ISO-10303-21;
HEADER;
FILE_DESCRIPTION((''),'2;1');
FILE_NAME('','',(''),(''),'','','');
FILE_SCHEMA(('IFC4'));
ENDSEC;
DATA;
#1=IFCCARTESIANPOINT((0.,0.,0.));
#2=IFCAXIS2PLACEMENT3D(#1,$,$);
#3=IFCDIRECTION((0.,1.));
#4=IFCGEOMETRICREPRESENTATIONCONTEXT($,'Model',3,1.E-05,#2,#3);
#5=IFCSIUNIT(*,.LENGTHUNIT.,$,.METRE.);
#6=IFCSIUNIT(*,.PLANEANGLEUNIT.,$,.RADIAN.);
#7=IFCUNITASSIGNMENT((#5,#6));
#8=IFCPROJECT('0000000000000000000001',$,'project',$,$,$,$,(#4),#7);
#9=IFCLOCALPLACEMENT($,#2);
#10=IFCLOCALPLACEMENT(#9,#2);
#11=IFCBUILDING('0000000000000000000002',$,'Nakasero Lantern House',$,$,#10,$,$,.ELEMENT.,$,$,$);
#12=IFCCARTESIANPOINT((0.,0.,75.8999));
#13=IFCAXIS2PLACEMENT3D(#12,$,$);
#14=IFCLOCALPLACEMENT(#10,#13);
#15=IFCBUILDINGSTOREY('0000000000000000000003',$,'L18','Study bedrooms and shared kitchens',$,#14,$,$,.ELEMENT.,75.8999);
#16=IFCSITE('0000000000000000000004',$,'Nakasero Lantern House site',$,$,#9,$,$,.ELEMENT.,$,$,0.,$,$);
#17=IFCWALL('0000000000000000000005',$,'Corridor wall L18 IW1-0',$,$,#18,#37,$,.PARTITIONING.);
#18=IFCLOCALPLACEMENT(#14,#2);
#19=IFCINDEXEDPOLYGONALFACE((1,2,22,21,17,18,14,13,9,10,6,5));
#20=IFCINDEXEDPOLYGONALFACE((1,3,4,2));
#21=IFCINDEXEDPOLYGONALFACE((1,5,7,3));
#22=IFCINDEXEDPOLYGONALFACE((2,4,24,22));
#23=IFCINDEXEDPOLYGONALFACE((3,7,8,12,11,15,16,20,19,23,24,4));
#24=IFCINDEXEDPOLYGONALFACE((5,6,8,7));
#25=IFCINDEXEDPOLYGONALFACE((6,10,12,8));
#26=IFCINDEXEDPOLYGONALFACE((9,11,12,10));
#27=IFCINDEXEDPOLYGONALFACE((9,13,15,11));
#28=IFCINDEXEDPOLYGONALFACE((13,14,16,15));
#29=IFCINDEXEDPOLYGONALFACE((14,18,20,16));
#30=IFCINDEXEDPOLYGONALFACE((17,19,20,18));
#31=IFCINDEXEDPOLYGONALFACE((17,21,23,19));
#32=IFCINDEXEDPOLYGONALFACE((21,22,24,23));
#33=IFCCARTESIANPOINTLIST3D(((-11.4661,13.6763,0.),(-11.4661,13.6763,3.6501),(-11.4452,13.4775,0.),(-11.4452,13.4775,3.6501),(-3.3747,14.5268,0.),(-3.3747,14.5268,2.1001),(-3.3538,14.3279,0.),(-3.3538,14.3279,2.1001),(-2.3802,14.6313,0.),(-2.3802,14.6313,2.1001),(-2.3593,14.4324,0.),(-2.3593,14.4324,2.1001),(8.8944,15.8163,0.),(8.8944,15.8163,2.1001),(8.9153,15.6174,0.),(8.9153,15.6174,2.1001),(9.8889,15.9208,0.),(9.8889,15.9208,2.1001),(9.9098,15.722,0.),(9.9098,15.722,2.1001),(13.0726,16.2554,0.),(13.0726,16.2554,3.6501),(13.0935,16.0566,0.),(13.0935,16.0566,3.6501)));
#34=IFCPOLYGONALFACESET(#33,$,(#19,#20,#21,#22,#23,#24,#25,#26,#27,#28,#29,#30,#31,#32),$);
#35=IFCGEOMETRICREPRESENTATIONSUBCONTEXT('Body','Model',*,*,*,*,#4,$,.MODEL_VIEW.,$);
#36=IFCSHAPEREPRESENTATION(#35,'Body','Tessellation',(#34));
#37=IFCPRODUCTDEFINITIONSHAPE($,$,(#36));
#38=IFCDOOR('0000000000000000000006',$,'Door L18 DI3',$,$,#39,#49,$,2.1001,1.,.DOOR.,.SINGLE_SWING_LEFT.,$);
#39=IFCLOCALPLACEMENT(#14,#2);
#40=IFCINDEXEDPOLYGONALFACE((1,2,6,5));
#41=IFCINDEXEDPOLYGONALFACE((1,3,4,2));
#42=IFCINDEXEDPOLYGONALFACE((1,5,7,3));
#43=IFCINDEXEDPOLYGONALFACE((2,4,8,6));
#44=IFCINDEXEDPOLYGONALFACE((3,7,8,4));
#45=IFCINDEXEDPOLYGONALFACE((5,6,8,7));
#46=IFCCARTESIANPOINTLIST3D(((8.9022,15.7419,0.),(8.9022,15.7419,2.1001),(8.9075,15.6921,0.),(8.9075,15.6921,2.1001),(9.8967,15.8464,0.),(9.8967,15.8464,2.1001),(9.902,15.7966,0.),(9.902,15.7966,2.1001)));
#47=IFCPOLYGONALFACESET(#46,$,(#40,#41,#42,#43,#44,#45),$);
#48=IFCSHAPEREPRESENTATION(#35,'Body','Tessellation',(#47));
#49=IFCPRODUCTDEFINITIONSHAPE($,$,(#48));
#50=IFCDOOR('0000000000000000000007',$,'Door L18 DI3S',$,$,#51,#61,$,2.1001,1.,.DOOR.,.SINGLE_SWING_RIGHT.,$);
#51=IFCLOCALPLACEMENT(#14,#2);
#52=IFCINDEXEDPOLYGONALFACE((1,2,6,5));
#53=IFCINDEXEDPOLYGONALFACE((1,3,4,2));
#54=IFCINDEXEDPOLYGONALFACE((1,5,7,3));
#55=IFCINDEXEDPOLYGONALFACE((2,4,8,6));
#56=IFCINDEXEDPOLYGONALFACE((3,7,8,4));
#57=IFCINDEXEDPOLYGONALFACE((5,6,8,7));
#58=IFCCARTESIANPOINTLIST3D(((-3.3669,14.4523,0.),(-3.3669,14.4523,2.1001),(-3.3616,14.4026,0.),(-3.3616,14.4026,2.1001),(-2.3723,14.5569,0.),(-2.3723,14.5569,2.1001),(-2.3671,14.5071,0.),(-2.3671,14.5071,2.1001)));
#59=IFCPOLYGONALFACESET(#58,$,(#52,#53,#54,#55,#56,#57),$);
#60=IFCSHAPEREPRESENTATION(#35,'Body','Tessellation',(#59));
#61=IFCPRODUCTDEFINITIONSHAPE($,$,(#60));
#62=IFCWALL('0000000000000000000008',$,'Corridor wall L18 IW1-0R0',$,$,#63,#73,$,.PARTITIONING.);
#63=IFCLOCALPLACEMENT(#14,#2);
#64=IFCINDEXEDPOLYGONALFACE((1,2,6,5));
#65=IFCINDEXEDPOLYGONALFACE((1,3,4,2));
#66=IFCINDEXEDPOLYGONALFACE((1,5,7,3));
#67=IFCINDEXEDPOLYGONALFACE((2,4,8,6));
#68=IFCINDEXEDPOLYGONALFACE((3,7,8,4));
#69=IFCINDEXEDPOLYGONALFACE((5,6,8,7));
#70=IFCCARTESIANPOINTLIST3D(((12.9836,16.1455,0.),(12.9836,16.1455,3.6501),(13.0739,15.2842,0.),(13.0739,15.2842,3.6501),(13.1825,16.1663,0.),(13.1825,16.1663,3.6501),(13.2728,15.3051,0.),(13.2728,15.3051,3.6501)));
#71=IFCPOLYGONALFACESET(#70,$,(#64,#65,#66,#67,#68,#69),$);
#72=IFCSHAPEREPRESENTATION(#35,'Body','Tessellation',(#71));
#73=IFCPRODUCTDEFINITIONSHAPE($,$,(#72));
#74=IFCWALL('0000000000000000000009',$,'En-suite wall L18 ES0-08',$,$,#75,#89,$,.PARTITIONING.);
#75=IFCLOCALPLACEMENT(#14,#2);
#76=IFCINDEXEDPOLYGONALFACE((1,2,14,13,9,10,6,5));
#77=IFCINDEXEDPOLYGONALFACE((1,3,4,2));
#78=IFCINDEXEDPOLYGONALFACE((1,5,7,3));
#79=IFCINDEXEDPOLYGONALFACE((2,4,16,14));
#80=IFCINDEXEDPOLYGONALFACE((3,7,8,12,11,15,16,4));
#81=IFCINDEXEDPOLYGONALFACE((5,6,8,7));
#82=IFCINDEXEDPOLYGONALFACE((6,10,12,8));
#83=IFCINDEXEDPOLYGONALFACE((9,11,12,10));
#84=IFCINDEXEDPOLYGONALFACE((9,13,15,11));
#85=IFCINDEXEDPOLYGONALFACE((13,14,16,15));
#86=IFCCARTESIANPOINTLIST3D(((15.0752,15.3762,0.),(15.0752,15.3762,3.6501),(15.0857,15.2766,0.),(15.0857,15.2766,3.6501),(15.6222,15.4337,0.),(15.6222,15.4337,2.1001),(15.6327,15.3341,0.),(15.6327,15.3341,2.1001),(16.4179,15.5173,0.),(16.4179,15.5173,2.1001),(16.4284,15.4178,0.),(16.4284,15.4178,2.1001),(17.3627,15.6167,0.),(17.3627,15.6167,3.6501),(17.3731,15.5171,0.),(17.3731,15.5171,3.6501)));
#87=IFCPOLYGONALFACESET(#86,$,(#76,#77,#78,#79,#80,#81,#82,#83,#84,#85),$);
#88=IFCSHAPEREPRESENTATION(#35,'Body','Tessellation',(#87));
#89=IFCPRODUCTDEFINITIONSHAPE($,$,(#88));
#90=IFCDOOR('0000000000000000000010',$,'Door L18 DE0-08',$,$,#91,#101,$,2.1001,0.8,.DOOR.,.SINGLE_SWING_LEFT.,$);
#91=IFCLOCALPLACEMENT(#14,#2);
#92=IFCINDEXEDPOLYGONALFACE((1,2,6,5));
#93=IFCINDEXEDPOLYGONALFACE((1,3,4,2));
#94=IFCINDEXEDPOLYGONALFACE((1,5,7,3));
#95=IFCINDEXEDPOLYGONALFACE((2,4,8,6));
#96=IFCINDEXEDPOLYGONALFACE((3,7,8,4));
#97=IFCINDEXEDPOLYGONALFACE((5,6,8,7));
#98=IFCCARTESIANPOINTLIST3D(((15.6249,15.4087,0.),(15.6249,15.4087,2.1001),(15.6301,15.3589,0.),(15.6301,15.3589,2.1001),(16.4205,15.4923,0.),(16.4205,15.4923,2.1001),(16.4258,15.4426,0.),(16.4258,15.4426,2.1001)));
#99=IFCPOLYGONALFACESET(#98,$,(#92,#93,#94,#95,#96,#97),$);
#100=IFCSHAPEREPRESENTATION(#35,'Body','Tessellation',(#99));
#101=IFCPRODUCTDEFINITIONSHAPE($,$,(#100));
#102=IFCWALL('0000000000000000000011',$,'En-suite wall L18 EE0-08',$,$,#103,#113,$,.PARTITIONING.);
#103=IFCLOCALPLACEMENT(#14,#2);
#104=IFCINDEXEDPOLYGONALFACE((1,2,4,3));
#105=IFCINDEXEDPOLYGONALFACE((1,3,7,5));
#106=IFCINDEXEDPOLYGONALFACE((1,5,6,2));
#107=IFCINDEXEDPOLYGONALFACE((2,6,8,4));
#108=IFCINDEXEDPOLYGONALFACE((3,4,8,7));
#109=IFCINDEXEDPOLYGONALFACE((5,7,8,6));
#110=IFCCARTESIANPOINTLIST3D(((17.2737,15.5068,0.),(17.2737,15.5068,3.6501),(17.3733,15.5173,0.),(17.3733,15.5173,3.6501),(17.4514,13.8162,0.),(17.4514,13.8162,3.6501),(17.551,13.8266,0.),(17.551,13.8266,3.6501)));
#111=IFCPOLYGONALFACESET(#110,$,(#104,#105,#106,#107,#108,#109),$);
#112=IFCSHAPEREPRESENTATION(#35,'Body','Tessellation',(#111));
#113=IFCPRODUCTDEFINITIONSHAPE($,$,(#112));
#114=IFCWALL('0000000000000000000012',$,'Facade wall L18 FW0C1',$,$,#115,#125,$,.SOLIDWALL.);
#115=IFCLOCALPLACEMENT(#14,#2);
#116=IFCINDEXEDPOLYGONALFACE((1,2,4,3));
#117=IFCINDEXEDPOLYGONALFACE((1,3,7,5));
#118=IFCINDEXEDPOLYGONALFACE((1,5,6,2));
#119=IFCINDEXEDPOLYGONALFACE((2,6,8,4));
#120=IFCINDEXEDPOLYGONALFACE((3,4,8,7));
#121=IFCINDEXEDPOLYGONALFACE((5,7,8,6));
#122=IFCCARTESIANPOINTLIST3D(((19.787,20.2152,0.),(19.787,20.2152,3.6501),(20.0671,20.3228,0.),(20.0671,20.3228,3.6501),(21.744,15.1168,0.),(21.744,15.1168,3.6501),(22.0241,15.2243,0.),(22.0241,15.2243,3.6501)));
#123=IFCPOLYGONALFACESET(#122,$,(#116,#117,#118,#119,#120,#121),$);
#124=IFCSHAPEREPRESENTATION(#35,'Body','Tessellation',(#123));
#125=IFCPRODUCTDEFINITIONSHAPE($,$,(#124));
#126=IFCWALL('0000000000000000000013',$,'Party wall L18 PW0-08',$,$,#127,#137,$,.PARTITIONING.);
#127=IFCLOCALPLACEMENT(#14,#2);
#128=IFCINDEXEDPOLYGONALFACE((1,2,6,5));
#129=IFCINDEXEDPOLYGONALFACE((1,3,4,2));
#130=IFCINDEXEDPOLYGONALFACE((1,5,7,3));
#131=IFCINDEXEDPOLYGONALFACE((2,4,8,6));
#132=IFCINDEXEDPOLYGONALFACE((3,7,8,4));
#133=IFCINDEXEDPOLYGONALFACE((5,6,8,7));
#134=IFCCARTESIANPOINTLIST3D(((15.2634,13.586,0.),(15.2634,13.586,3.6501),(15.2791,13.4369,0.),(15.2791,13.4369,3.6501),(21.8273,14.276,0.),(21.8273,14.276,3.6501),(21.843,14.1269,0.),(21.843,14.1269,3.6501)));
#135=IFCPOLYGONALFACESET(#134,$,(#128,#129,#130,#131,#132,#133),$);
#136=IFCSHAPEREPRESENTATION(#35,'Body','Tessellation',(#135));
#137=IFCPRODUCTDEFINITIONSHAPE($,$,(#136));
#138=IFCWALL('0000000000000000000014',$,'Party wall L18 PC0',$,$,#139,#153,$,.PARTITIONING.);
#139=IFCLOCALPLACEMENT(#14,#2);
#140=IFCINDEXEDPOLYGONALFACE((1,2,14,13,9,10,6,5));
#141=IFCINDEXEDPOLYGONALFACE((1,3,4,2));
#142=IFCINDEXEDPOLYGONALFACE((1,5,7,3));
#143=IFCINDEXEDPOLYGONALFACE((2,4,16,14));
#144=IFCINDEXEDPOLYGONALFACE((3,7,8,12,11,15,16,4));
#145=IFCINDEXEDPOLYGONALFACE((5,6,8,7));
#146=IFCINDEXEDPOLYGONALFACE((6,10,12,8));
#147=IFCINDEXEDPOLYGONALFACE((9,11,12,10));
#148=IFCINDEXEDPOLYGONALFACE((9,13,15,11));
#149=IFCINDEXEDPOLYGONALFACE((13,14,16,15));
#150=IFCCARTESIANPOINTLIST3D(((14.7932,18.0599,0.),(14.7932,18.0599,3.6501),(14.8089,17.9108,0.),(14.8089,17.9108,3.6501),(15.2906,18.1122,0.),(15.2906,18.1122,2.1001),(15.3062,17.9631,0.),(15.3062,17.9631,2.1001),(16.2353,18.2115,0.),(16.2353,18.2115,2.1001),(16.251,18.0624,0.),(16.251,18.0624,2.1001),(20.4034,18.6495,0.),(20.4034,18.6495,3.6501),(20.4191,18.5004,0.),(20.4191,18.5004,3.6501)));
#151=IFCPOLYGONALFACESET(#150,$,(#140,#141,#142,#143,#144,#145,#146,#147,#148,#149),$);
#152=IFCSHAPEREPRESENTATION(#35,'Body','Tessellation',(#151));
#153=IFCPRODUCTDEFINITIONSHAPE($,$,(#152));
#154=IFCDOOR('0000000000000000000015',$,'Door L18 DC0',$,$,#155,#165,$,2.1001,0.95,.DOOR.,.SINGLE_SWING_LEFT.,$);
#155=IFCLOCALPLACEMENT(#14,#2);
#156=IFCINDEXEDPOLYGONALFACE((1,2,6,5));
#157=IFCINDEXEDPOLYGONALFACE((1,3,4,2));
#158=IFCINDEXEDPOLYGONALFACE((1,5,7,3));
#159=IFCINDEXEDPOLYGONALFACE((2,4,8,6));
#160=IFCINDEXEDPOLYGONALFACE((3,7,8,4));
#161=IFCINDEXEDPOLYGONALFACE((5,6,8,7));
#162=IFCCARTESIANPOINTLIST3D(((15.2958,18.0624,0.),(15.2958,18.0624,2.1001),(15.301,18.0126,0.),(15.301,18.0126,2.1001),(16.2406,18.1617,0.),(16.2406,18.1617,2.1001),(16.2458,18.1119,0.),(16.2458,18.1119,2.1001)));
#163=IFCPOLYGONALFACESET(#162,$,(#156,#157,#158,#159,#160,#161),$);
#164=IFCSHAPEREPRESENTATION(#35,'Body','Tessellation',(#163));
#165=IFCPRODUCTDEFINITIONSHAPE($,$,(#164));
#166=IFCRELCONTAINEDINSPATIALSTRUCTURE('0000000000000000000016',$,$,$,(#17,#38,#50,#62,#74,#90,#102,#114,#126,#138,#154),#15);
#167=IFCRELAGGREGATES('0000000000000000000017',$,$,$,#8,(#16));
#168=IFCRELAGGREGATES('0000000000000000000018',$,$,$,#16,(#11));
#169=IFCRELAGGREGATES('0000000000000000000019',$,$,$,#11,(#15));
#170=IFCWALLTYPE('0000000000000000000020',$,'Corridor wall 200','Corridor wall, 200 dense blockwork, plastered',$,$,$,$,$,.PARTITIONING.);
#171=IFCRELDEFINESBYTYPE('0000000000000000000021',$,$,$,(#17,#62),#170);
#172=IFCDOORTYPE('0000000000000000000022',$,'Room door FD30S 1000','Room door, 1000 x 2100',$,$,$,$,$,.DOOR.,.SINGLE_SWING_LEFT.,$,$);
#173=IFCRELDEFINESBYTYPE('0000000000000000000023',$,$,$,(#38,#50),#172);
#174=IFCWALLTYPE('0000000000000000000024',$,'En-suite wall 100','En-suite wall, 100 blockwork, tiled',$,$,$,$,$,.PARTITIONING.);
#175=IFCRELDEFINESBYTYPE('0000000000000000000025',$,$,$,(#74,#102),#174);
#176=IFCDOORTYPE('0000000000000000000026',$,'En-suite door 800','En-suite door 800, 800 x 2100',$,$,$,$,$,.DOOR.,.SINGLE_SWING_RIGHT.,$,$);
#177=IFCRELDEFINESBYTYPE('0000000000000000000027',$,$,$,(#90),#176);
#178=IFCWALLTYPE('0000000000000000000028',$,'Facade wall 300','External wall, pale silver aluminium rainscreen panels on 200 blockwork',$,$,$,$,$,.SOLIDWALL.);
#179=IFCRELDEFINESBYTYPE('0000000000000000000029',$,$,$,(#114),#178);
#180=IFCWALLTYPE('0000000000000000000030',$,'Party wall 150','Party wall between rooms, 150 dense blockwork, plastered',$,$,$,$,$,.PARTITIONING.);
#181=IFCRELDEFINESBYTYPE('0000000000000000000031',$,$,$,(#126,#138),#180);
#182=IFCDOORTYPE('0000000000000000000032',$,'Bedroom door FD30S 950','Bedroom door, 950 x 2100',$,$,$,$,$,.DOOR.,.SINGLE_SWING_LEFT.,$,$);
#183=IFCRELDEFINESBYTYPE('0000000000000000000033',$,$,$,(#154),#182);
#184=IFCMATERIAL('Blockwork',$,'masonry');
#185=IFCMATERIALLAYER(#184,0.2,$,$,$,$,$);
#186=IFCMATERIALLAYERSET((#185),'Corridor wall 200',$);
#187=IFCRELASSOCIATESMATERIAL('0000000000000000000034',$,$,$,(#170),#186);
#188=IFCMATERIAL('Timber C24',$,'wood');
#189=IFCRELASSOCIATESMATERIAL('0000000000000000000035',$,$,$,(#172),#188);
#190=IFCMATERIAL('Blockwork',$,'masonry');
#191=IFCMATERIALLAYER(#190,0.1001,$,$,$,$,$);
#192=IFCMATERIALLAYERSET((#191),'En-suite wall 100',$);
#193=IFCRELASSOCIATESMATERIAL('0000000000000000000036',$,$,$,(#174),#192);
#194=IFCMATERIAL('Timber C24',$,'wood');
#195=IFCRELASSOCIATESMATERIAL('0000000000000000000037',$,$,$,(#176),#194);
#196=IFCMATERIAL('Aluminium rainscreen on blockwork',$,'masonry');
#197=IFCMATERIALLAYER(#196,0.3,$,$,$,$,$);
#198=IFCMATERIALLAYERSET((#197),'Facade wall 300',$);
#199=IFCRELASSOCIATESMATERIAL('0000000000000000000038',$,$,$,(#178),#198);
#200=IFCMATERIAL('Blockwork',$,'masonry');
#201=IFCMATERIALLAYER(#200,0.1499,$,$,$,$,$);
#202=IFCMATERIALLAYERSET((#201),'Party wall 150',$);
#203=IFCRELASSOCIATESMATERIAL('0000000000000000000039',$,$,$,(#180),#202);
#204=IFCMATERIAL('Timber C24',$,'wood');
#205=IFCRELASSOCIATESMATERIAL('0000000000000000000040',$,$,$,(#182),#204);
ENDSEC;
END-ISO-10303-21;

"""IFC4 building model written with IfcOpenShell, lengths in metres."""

from ifc_helpers import new_model, si_unit, direction, frame, frame_2d, origin, place, context, subcontext, project, spatial, rectangle, extrude, material, layer, layer_set, type_object, element, fill, save


model = new_model("IFC4")

# Units and contexts
model_context = context("Model", 3, precision=1e-05, world=origin(), true_north=direction((0.0, 1.0)))
body_context = subcontext(model_context, "Body", "Model", "MODEL_VIEW")
ifc_project = project(units=[si_unit("LENGTHUNIT", "METRE"), si_unit("PLANEANGLEUNIT", "RADIAN")], contexts=[model_context])

# Site, building, storey
site_placement = place(None, origin())
site = spatial("IfcSite", under=ifc_project, at=site_placement, Name="Nakasero Lantern House site", CompositionType="ELEMENT", RefElevation=0.0)
building_placement = place(site_placement, origin())
building = spatial("IfcBuilding", under=site, at=building_placement, Name="Nakasero Lantern House", CompositionType="ELEMENT")
storey_placement = place(building_placement, frame((0.0, 0.0, 75.8999)))
storey = spatial("IfcBuildingStorey", under=building, at=storey_placement, Name="L18", Description="Study bedrooms and shared kitchens", CompositionType="ELEMENT", Elevation=75.8999)

# Wall, openings, doors
ifc_material_1 = material(Name="Blockwork", Category="masonry")
ifc_layer_1 = layer(ifc_material_1, 0.2)
ifc_layer_set_1 = layer_set([ifc_layer_1], Name="Corridor wall 200")
wall_type_1 = type_object("IfcWallType", Name="Corridor wall 200", Description="Corridor wall, 200 dense blockwork, plastered", PredefinedType="PARTITIONING", material=ifc_layer_set_1)
wall_1_placement = place(storey_placement, frame((13.083, 16.156, 0.0), z_axis=(0.0, 0.0, 1.0), x_axis=(-0.994522, -0.104528, 0.0)))
wall_1 = element("IfcWall", 1, at=wall_1_placement, inside=storey, type_object=wall_type_1, Name="Corridor wall L18 IW1-0", PredefinedType="PARTITIONING", context=body_context, shape_type="SweptSolid", body=[
    extrude(rectangle(XDim=24.6738, YDim=0.2, at=frame_2d((12.3369, 0.0))), origin(), (0.0, 0.0, 1.0), 3.6501),
])
opening_1_placement = place(wall_1_placement, frame((3.2012, 0.0, 0.0)))
opening_1 = element("IfcOpeningElement", 2, at=opening_1_placement, cuts=wall_1, PredefinedType="OPENING", context=body_context, shape_type="SweptSolid", body=[
    extrude(rectangle(XDim=1.0, YDim=2.1001, at=frame_2d((0.5, 1.05))), frame((0.0, 0.1199, 0.0), z_axis=(0.0, -1.0, 0.0), x_axis=(1.0, 0.0, 0.0)), (0.0, 0.0, 1.0), 0.24),
])
opening_2_placement = place(wall_1_placement, frame((15.5378, 0.0, 0.0)))
opening_2 = element("IfcOpeningElement", 3, at=opening_2_placement, cuts=wall_1, PredefinedType="OPENING", context=body_context, shape_type="SweptSolid", body=[
    extrude(rectangle(XDim=1.0, YDim=2.1001, at=frame_2d((0.5, 1.05))), frame((0.0, 0.1199, 0.0), z_axis=(0.0, -1.0, 0.0), x_axis=(1.0, 0.0, 0.0)), (0.0, 0.0, 1.0), 0.24),
])
ifc_material_2 = material(Name="Timber C24", Category="wood")
door_type_1 = type_object("IfcDoorType", Name="Room door FD30S 1000", Description="Room door, 1000 x 2100", OperationType="SINGLE_SWING_LEFT", PredefinedType="DOOR", material=ifc_material_2)
door_1_placement = place(opening_1_placement, origin())
door_1 = element("IfcDoor", 4, at=door_1_placement, inside=storey, type_object=door_type_1, Name="Door L18 DI3", OperationType="SINGLE_SWING_LEFT", OverallHeight=2.1001, OverallWidth=1.0, PredefinedType="DOOR", context=body_context, shape_type="SweptSolid", body=[
    extrude(rectangle(XDim=1.0, YDim=2.1001, at=frame_2d((0.5, 1.05))), frame((0.0, 0.0249, 0.0), z_axis=(0.0, -1.0, 0.0), x_axis=(1.0, 0.0, 0.0)), (0.0, 0.0, 1.0), 0.05),
])
fill(opening_1, door_1)
door_2_placement = place(opening_2_placement, origin())
door_2 = element("IfcDoor", 5, at=door_2_placement, inside=storey, type_object=door_type_1, Name="Door L18 DI3S", OperationType="SINGLE_SWING_RIGHT", OverallHeight=2.1001, OverallWidth=1.0, PredefinedType="DOOR", context=body_context, shape_type="SweptSolid", body=[
    extrude(rectangle(XDim=1.0, YDim=2.1001, at=frame_2d((0.5, 1.05))), frame((0.0, 0.0249, 0.0), z_axis=(0.0, -1.0, 0.0), x_axis=(1.0, 0.0, 0.0)), (0.0, 0.0, 1.0), 0.05),
])
fill(opening_2, door_2)

# Wall
wall_2_placement = place(storey_placement, frame((13.083, 16.156, 0.0), z_axis=(0.0, 0.0, 1.0), x_axis=(0.104303, -0.994546, 0.0)))
element("IfcWall", 6, at=wall_2_placement, inside=storey, type_object=wall_type_1, Name="Corridor wall L18 IW1-0R0", PredefinedType="PARTITIONING", context=body_context, shape_type="SweptSolid", body=[
    extrude(rectangle(XDim=0.866, YDim=0.2, at=frame_2d((0.4331, 0.0))), origin(), (0.0, 0.0, 1.0), 3.6501),
])

# Wall, opening, door
ifc_material_3 = material(Name="Blockwork", Category="masonry")
ifc_layer_2 = layer(ifc_material_3, 0.1001)
ifc_layer_set_2 = layer_set([ifc_layer_2], Name="En-suite wall 100")
wall_type_2 = type_object("IfcWallType", Name="En-suite wall 100", Description="En-suite wall, 100 blockwork, tiled", PredefinedType="PARTITIONING", material=ifc_layer_set_2)
wall_3_placement = place(storey_placement, frame((15.0806, 15.3264, 0.0), z_axis=(0.0, 0.0, 1.0), x_axis=(0.994519, 0.104558, 0.0)))
wall_3 = element("IfcWall", 7, at=wall_3_placement, inside=storey, type_object=wall_type_2, Name="En-suite wall L18 ES0-08", PredefinedType="PARTITIONING", context=body_context, shape_type="SweptSolid", body=[
    extrude(rectangle(XDim=2.3, YDim=0.1001, at=frame_2d((1.1499, 0.0))), origin(), (0.0, 0.0, 1.0), 3.6501),
])
opening_3_placement = place(wall_3_placement, frame((0.55, 0.0, 0.0)))
opening_3 = element("IfcOpeningElement", 8, at=opening_3_placement, cuts=wall_3, PredefinedType="OPENING", context=body_context, shape_type="SweptSolid", body=[
    extrude(rectangle(XDim=0.8, YDim=2.1001, at=frame_2d((0.3999, 1.05))), frame((0.0, 0.0701, 0.0), z_axis=(0.0, -1.0, 0.0), x_axis=(1.0, 0.0, 0.0)), (0.0, 0.0, 1.0), 0.1401),
])
ifc_material_4 = material(Name="Timber C24", Category="wood")
door_type_2 = type_object("IfcDoorType", Name="En-suite door 800", Description="En-suite door 800, 800 x 2100", OperationType="SINGLE_SWING_RIGHT", PredefinedType="DOOR", material=ifc_material_4)
door_3_placement = place(opening_3_placement, origin())
door_3 = element("IfcDoor", 9, at=door_3_placement, inside=storey, type_object=door_type_2, Name="Door L18 DE0-08", OperationType="SINGLE_SWING_LEFT", OverallHeight=2.1001, OverallWidth=0.8, PredefinedType="DOOR", context=body_context, shape_type="SweptSolid", body=[
    extrude(rectangle(XDim=0.8, YDim=2.1001, at=frame_2d((0.3999, 1.05))), frame((0.0, 0.0249, 0.0), z_axis=(0.0, -1.0, 0.0), x_axis=(1.0, 0.0, 0.0)), (0.0, 0.0, 1.0), 0.05),
])
fill(opening_3, door_3)

# Walls
wall_4_placement = place(storey_placement, frame((17.5012, 13.8213, 0.0), z_axis=(0.0, 0.0, 1.0), x_axis=(-0.10455, 0.99452, 0.0)))
element("IfcWall", 10, at=wall_4_placement, inside=storey, type_object=wall_type_2, Name="En-suite wall L18 EE0-08", PredefinedType="PARTITIONING", context=body_context, shape_type="SweptSolid", body=[
    extrude(rectangle(XDim=1.7, YDim=0.1001, at=frame_2d((0.8501, 0.0))), origin(), (0.0, 0.0, 1.0), 3.6501),
])
ifc_material_5 = material(Name="Aluminium rainscreen on blockwork", Category="masonry")
ifc_layer_3 = layer(ifc_material_5, 0.3)
ifc_layer_set_3 = layer_set([ifc_layer_3], Name="Facade wall 300")
wall_type_3 = type_object("IfcWallType", Name="Facade wall 300", Description="External wall, pale silver aluminium rainscreen panels on 200 blockwork", PredefinedType="SOLIDWALL", material=ifc_layer_set_3)
wall_5_placement = place(storey_placement, frame((21.884, 15.1707, 0.0), z_axis=(0.0, 0.0, 1.0), x_axis=(-0.358359, 0.933584, 0.0)))
element("IfcWall", 11, at=wall_5_placement, inside=storey, type_object=wall_type_3, Name="Facade wall L18 FW0C1", PredefinedType="SOLIDWALL", context=body_context, shape_type="SweptSolid", body=[
    extrude(rectangle(XDim=5.4612, YDim=0.3, at=frame_2d((2.7305, 0.0))), origin(), (0.0, 0.0, 1.0), 3.6501),
])
ifc_material_6 = material(Name="Blockwork", Category="masonry")
ifc_layer_4 = layer(ifc_material_6, 0.1499)
ifc_layer_set_4 = layer_set([ifc_layer_4], Name="Party wall 150")
wall_type_4 = type_object("IfcWallType", Name="Party wall 150", Description="Party wall between rooms, 150 dense blockwork, plastered", PredefinedType="PARTITIONING", material=ifc_layer_set_4)
wall_6_placement = place(storey_placement, frame((15.2712, 13.5115, 0.0), z_axis=(0.0, 0.0, 1.0), x_axis=(0.994521, 0.104535, 0.0)))
element("IfcWall", 12, at=wall_6_placement, inside=storey, type_object=wall_type_4, Name="Party wall L18 PW0-08", PredefinedType="PARTITIONING", context=body_context, shape_type="SweptSolid", body=[
    extrude(rectangle(XDim=6.6001, YDim=0.1499, at=frame_2d((3.3, 0.0))), origin(), (0.0, 0.0, 1.0), 3.6501),
])

# Wall, opening, door
wall_7_placement = place(storey_placement, frame((14.801, 17.9854, 0.0), z_axis=(0.0, 0.0, 1.0), x_axis=(0.994523, 0.10452, 0.0)))
wall_7 = element("IfcWall", 13, at=wall_7_placement, inside=storey, type_object=wall_type_4, Name="Party wall L18 PC0", PredefinedType="PARTITIONING", context=body_context, shape_type="SweptSolid", body=[
    extrude(rectangle(XDim=5.6411, YDim=0.1499, at=frame_2d((2.8206, 0.0))), origin(), (0.0, 0.0, 1.0), 3.6501),
])
opening_4_placement = place(wall_7_placement, frame((0.5, 0.0, 0.0)))
opening_4 = element("IfcOpeningElement", 14, at=opening_4_placement, cuts=wall_7, PredefinedType="OPENING", context=body_context, shape_type="SweptSolid", body=[
    extrude(rectangle(XDim=0.95, YDim=2.1001, at=frame_2d((0.4751, 1.05))), frame((0.0, 0.095, 0.0), z_axis=(0.0, -1.0, 0.0), x_axis=(1.0, 0.0, 0.0)), (0.0, 0.0, 1.0), 0.1899),
])
ifc_material_7 = material(Name="Timber C24", Category="wood")
door_type_3 = type_object("IfcDoorType", Name="Bedroom door FD30S 950", Description="Bedroom door, 950 x 2100", OperationType="SINGLE_SWING_LEFT", PredefinedType="DOOR", material=ifc_material_7)
door_4_placement = place(opening_4_placement, origin())
door_4 = element("IfcDoor", 15, at=door_4_placement, inside=storey, type_object=door_type_3, Name="Door L18 DC0", OperationType="SINGLE_SWING_LEFT", OverallHeight=2.1001, OverallWidth=0.95, PredefinedType="DOOR", context=body_context, shape_type="SweptSolid", body=[
    extrude(rectangle(XDim=0.95, YDim=2.1001, at=frame_2d((0.4751, 1.05))), frame((0.0, 0.0249, 0.0), z_axis=(0.0, -1.0, 0.0), x_axis=(1.0, 0.0, 0.0)), (0.0, 0.0, 1.0), 0.05),
])
fill(opening_4, door_4)

save(model, "model.ifc")
